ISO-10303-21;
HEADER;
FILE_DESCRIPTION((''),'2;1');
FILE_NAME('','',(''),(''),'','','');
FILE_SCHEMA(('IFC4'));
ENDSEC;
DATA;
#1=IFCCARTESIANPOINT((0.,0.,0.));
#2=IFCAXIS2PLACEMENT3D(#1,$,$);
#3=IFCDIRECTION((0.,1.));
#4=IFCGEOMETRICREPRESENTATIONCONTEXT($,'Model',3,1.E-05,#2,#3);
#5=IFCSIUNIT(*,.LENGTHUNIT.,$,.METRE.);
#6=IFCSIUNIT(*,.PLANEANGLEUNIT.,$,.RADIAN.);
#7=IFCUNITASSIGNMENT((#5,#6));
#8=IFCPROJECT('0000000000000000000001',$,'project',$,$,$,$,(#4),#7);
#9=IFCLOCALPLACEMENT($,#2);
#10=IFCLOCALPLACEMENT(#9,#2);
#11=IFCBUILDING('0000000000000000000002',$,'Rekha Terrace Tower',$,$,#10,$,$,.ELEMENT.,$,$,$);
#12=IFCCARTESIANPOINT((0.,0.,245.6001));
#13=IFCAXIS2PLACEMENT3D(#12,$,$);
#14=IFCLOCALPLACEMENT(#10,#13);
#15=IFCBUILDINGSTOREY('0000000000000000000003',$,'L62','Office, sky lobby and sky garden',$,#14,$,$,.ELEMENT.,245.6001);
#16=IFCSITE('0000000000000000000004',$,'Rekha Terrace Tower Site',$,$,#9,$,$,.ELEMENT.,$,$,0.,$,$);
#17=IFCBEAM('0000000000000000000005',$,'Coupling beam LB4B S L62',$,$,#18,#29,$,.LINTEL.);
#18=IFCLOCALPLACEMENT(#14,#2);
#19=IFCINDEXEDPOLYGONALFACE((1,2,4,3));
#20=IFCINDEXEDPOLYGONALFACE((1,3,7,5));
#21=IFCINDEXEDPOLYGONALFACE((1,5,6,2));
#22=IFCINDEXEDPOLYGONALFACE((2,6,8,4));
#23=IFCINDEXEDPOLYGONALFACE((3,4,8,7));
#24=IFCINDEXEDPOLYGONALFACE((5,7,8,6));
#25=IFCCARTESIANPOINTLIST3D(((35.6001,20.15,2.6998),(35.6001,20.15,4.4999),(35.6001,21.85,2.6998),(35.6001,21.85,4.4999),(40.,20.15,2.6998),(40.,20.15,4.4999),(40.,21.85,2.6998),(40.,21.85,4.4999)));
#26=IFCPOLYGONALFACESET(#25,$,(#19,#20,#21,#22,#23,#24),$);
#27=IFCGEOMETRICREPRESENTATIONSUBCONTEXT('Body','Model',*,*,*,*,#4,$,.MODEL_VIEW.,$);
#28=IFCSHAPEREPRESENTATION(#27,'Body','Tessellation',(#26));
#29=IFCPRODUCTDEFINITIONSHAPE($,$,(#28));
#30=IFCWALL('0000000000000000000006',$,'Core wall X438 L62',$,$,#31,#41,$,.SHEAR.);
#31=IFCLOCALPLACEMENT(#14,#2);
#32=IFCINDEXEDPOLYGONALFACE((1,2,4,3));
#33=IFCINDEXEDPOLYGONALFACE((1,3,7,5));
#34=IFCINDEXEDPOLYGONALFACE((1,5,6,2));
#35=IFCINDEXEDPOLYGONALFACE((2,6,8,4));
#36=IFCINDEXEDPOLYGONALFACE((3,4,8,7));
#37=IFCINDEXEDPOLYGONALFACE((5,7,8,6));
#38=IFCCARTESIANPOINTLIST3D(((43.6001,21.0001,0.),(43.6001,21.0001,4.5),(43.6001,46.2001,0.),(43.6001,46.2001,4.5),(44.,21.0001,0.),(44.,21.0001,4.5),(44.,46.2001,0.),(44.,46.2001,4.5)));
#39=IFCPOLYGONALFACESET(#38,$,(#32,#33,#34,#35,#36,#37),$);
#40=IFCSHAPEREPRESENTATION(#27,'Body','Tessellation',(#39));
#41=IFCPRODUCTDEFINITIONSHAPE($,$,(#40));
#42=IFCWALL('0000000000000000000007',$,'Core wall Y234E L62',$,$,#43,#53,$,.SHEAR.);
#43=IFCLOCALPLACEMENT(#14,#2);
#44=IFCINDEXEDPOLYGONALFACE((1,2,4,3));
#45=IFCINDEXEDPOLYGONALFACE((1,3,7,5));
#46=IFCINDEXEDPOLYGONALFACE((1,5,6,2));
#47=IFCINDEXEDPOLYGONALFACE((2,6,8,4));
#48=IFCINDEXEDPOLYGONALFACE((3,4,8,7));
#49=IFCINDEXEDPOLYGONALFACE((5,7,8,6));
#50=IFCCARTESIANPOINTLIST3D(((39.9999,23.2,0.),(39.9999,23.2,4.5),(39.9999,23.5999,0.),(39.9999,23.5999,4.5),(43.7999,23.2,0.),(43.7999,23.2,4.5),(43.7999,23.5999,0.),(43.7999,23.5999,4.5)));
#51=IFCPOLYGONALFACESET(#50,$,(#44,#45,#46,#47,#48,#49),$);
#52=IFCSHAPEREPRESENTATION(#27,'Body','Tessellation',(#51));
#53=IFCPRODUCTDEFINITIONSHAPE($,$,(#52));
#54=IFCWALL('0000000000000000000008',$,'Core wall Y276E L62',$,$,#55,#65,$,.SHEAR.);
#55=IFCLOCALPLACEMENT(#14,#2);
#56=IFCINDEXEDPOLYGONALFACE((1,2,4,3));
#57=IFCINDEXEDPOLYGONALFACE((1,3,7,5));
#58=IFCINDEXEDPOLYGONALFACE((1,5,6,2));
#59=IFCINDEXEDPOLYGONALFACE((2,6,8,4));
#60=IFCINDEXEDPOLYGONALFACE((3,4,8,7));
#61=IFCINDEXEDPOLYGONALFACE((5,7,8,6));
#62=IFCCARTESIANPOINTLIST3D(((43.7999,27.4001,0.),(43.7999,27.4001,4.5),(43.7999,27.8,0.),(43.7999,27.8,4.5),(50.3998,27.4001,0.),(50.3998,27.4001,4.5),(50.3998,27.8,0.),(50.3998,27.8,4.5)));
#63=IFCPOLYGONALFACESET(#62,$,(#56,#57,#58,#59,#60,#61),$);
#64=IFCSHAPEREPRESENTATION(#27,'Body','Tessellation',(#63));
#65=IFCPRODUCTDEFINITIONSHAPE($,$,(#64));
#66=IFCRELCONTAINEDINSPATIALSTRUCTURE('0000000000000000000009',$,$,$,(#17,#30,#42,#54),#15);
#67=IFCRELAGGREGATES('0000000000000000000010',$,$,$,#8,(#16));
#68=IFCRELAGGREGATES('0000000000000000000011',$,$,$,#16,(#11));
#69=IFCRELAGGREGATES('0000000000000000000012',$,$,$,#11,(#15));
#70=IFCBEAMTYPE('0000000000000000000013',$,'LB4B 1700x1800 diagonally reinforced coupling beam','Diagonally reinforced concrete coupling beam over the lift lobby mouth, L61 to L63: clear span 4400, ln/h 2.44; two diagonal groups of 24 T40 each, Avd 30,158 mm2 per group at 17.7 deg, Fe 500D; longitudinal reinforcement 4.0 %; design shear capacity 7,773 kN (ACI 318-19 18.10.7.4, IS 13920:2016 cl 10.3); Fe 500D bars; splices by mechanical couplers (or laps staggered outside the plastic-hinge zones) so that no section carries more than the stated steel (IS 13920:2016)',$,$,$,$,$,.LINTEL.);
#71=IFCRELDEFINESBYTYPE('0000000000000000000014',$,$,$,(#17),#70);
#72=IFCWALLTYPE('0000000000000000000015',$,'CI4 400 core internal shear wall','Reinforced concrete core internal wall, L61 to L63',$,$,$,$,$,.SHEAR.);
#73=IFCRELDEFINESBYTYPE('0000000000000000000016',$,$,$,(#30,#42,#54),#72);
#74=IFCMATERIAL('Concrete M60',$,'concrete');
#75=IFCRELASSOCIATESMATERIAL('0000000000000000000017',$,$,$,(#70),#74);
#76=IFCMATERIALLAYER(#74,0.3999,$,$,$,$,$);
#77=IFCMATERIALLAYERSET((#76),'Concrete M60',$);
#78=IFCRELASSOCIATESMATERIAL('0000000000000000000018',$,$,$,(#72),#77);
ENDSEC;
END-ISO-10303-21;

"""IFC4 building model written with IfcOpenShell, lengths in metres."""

from ifc_helpers import new_model, si_unit, direction, frame, frame_2d, origin, origin_2d, place, context, subcontext, project, spatial, rectangle, extrude, material, layer, layer_set, material_profile, profile_set, type_object, element, save


model = new_model("IFC4")

# Units and contexts
model_context = context("Model", 3, precision=1e-05, world=origin(), true_north=direction((0.0, 1.0)))
body_context = subcontext(model_context, "Body", "Model", "MODEL_VIEW")
ifc_project = project(units=[si_unit("LENGTHUNIT", "METRE"), si_unit("PLANEANGLEUNIT", "RADIAN")], contexts=[model_context])

# Site, building, storey
site_placement = place(None, origin())
site = spatial("IfcSite", under=ifc_project, at=site_placement, Name="Rekha Terrace Tower Site", CompositionType="ELEMENT", RefElevation=0.0)
building_placement = place(site_placement, origin())
building = spatial("IfcBuilding", under=site, at=building_placement, Name="Rekha Terrace Tower", CompositionType="ELEMENT")
storey_placement = place(building_placement, frame((0.0, 0.0, 245.6001)))
storey = spatial("IfcBuildingStorey", under=building, at=storey_placement, Name="L62", Description="Office, sky lobby and sky garden", CompositionType="ELEMENT", Elevation=245.6001)

# Beam
ifc_material_1 = material(Name="Concrete M60", Category="concrete")
ifc_material_profile = material_profile(ifc_material_1, rectangle(XDim=1.7, YDim=1.8, at=origin_2d()), Name="RC 1700x1800")
ifc_profile_set = profile_set([ifc_material_profile], Name="Concrete M60")
beam_type = type_object("IfcBeamType", Name="LB4B 1700x1800 diagonally reinforced coupling beam", Description="Diagonally reinforced concrete coupling beam over the lift lobby mouth, L61 to L63: clear span 4400, ln/h 2.44; two diagonal groups of 24 T40 each, Avd 30,158 mm2 per group at 17.7 deg, Fe 500D; longitudinal reinforcement 4.0 %; design shear capacity 7,773 kN (ACI 318-19 18.10.7.4, IS 13920:2016 cl 10.3); Fe 500D bars; splices by mechanical couplers (or laps staggered outside the plastic-hinge zones) so that no section carries more than the stated steel (IS 13920:2016)", PredefinedType="LINTEL", material=ifc_profile_set)
beam_placement = place(storey_placement, frame((35.6001, 21.0, 3.5999), z_axis=(1.0, 0.0, 0.0), x_axis=(0.0, 1.0, 0.0)))
element("IfcBeam", 1, at=beam_placement, inside=storey, type_object=beam_type, Name="Coupling beam LB4B S L62", PredefinedType="LINTEL", context=body_context, shape_type="SweptSolid", body=[
    extrude(rectangle(XDim=1.7, YDim=1.8, at=origin_2d()), origin(), (0.0, 0.0, 1.0), 4.3999),
])

# Walls
ifc_layer_1 = layer(ifc_material_1, 0.3999)
ifc_layer_set_1 = layer_set([ifc_layer_1], Name="Concrete M60")
wall_type_1 = type_object("IfcWallType", Name="CI4 400 core internal shear wall", Description="Reinforced concrete core internal wall, L61 to L63", PredefinedType="SHEAR", material=ifc_layer_set_1)
wall_1_placement = place(storey_placement, frame((43.8, 21.0, 0.0), z_axis=(0.0, 0.0, 1.0), x_axis=(0.0, 1.0, 0.0)))
element("IfcWall", 2, at=wall_1_placement, inside=storey, type_object=wall_type_1, Name="Core wall X438 L62", PredefinedType="SHEAR", context=body_context, shape_type="SweptSolid", body=[
    extrude(rectangle(XDim=25.2, YDim=0.3999, at=frame_2d((12.6001, 0.0))), origin(), (0.0, 0.0, 1.0), 4.5),
])
wall_2_placement = place(storey_placement, frame((40.0, 23.3999, 0.0), z_axis=(0.0, 0.0, 1.0), x_axis=(1.0, 0.0, 0.0)))
element("IfcWall", 3, at=wall_2_placement, inside=storey, type_object=wall_type_1, Name="Core wall Y234E L62", PredefinedType="SHEAR", context=body_context, shape_type="SweptSolid", body=[
    extrude(rectangle(XDim=3.8, YDim=0.3999, at=frame_2d((1.8999, 0.0))), origin(), (0.0, 0.0, 1.0), 4.5),
])
wall_3_placement = place(storey_placement, frame((43.8, 27.6001, 0.0), z_axis=(0.0, 0.0, 1.0), x_axis=(1.0, 0.0, 0.0)))
element("IfcWall", 4, at=wall_3_placement, inside=storey, type_object=wall_type_1, Name="Core wall Y276E L62", PredefinedType="SHEAR", context=body_context, shape_type="SweptSolid", body=[
    extrude(rectangle(XDim=6.5999, YDim=0.3999, at=frame_2d((3.2998, 0.0))), origin(), (0.0, 0.0, 1.0), 4.5),
])

save(model, "model.ifc")
